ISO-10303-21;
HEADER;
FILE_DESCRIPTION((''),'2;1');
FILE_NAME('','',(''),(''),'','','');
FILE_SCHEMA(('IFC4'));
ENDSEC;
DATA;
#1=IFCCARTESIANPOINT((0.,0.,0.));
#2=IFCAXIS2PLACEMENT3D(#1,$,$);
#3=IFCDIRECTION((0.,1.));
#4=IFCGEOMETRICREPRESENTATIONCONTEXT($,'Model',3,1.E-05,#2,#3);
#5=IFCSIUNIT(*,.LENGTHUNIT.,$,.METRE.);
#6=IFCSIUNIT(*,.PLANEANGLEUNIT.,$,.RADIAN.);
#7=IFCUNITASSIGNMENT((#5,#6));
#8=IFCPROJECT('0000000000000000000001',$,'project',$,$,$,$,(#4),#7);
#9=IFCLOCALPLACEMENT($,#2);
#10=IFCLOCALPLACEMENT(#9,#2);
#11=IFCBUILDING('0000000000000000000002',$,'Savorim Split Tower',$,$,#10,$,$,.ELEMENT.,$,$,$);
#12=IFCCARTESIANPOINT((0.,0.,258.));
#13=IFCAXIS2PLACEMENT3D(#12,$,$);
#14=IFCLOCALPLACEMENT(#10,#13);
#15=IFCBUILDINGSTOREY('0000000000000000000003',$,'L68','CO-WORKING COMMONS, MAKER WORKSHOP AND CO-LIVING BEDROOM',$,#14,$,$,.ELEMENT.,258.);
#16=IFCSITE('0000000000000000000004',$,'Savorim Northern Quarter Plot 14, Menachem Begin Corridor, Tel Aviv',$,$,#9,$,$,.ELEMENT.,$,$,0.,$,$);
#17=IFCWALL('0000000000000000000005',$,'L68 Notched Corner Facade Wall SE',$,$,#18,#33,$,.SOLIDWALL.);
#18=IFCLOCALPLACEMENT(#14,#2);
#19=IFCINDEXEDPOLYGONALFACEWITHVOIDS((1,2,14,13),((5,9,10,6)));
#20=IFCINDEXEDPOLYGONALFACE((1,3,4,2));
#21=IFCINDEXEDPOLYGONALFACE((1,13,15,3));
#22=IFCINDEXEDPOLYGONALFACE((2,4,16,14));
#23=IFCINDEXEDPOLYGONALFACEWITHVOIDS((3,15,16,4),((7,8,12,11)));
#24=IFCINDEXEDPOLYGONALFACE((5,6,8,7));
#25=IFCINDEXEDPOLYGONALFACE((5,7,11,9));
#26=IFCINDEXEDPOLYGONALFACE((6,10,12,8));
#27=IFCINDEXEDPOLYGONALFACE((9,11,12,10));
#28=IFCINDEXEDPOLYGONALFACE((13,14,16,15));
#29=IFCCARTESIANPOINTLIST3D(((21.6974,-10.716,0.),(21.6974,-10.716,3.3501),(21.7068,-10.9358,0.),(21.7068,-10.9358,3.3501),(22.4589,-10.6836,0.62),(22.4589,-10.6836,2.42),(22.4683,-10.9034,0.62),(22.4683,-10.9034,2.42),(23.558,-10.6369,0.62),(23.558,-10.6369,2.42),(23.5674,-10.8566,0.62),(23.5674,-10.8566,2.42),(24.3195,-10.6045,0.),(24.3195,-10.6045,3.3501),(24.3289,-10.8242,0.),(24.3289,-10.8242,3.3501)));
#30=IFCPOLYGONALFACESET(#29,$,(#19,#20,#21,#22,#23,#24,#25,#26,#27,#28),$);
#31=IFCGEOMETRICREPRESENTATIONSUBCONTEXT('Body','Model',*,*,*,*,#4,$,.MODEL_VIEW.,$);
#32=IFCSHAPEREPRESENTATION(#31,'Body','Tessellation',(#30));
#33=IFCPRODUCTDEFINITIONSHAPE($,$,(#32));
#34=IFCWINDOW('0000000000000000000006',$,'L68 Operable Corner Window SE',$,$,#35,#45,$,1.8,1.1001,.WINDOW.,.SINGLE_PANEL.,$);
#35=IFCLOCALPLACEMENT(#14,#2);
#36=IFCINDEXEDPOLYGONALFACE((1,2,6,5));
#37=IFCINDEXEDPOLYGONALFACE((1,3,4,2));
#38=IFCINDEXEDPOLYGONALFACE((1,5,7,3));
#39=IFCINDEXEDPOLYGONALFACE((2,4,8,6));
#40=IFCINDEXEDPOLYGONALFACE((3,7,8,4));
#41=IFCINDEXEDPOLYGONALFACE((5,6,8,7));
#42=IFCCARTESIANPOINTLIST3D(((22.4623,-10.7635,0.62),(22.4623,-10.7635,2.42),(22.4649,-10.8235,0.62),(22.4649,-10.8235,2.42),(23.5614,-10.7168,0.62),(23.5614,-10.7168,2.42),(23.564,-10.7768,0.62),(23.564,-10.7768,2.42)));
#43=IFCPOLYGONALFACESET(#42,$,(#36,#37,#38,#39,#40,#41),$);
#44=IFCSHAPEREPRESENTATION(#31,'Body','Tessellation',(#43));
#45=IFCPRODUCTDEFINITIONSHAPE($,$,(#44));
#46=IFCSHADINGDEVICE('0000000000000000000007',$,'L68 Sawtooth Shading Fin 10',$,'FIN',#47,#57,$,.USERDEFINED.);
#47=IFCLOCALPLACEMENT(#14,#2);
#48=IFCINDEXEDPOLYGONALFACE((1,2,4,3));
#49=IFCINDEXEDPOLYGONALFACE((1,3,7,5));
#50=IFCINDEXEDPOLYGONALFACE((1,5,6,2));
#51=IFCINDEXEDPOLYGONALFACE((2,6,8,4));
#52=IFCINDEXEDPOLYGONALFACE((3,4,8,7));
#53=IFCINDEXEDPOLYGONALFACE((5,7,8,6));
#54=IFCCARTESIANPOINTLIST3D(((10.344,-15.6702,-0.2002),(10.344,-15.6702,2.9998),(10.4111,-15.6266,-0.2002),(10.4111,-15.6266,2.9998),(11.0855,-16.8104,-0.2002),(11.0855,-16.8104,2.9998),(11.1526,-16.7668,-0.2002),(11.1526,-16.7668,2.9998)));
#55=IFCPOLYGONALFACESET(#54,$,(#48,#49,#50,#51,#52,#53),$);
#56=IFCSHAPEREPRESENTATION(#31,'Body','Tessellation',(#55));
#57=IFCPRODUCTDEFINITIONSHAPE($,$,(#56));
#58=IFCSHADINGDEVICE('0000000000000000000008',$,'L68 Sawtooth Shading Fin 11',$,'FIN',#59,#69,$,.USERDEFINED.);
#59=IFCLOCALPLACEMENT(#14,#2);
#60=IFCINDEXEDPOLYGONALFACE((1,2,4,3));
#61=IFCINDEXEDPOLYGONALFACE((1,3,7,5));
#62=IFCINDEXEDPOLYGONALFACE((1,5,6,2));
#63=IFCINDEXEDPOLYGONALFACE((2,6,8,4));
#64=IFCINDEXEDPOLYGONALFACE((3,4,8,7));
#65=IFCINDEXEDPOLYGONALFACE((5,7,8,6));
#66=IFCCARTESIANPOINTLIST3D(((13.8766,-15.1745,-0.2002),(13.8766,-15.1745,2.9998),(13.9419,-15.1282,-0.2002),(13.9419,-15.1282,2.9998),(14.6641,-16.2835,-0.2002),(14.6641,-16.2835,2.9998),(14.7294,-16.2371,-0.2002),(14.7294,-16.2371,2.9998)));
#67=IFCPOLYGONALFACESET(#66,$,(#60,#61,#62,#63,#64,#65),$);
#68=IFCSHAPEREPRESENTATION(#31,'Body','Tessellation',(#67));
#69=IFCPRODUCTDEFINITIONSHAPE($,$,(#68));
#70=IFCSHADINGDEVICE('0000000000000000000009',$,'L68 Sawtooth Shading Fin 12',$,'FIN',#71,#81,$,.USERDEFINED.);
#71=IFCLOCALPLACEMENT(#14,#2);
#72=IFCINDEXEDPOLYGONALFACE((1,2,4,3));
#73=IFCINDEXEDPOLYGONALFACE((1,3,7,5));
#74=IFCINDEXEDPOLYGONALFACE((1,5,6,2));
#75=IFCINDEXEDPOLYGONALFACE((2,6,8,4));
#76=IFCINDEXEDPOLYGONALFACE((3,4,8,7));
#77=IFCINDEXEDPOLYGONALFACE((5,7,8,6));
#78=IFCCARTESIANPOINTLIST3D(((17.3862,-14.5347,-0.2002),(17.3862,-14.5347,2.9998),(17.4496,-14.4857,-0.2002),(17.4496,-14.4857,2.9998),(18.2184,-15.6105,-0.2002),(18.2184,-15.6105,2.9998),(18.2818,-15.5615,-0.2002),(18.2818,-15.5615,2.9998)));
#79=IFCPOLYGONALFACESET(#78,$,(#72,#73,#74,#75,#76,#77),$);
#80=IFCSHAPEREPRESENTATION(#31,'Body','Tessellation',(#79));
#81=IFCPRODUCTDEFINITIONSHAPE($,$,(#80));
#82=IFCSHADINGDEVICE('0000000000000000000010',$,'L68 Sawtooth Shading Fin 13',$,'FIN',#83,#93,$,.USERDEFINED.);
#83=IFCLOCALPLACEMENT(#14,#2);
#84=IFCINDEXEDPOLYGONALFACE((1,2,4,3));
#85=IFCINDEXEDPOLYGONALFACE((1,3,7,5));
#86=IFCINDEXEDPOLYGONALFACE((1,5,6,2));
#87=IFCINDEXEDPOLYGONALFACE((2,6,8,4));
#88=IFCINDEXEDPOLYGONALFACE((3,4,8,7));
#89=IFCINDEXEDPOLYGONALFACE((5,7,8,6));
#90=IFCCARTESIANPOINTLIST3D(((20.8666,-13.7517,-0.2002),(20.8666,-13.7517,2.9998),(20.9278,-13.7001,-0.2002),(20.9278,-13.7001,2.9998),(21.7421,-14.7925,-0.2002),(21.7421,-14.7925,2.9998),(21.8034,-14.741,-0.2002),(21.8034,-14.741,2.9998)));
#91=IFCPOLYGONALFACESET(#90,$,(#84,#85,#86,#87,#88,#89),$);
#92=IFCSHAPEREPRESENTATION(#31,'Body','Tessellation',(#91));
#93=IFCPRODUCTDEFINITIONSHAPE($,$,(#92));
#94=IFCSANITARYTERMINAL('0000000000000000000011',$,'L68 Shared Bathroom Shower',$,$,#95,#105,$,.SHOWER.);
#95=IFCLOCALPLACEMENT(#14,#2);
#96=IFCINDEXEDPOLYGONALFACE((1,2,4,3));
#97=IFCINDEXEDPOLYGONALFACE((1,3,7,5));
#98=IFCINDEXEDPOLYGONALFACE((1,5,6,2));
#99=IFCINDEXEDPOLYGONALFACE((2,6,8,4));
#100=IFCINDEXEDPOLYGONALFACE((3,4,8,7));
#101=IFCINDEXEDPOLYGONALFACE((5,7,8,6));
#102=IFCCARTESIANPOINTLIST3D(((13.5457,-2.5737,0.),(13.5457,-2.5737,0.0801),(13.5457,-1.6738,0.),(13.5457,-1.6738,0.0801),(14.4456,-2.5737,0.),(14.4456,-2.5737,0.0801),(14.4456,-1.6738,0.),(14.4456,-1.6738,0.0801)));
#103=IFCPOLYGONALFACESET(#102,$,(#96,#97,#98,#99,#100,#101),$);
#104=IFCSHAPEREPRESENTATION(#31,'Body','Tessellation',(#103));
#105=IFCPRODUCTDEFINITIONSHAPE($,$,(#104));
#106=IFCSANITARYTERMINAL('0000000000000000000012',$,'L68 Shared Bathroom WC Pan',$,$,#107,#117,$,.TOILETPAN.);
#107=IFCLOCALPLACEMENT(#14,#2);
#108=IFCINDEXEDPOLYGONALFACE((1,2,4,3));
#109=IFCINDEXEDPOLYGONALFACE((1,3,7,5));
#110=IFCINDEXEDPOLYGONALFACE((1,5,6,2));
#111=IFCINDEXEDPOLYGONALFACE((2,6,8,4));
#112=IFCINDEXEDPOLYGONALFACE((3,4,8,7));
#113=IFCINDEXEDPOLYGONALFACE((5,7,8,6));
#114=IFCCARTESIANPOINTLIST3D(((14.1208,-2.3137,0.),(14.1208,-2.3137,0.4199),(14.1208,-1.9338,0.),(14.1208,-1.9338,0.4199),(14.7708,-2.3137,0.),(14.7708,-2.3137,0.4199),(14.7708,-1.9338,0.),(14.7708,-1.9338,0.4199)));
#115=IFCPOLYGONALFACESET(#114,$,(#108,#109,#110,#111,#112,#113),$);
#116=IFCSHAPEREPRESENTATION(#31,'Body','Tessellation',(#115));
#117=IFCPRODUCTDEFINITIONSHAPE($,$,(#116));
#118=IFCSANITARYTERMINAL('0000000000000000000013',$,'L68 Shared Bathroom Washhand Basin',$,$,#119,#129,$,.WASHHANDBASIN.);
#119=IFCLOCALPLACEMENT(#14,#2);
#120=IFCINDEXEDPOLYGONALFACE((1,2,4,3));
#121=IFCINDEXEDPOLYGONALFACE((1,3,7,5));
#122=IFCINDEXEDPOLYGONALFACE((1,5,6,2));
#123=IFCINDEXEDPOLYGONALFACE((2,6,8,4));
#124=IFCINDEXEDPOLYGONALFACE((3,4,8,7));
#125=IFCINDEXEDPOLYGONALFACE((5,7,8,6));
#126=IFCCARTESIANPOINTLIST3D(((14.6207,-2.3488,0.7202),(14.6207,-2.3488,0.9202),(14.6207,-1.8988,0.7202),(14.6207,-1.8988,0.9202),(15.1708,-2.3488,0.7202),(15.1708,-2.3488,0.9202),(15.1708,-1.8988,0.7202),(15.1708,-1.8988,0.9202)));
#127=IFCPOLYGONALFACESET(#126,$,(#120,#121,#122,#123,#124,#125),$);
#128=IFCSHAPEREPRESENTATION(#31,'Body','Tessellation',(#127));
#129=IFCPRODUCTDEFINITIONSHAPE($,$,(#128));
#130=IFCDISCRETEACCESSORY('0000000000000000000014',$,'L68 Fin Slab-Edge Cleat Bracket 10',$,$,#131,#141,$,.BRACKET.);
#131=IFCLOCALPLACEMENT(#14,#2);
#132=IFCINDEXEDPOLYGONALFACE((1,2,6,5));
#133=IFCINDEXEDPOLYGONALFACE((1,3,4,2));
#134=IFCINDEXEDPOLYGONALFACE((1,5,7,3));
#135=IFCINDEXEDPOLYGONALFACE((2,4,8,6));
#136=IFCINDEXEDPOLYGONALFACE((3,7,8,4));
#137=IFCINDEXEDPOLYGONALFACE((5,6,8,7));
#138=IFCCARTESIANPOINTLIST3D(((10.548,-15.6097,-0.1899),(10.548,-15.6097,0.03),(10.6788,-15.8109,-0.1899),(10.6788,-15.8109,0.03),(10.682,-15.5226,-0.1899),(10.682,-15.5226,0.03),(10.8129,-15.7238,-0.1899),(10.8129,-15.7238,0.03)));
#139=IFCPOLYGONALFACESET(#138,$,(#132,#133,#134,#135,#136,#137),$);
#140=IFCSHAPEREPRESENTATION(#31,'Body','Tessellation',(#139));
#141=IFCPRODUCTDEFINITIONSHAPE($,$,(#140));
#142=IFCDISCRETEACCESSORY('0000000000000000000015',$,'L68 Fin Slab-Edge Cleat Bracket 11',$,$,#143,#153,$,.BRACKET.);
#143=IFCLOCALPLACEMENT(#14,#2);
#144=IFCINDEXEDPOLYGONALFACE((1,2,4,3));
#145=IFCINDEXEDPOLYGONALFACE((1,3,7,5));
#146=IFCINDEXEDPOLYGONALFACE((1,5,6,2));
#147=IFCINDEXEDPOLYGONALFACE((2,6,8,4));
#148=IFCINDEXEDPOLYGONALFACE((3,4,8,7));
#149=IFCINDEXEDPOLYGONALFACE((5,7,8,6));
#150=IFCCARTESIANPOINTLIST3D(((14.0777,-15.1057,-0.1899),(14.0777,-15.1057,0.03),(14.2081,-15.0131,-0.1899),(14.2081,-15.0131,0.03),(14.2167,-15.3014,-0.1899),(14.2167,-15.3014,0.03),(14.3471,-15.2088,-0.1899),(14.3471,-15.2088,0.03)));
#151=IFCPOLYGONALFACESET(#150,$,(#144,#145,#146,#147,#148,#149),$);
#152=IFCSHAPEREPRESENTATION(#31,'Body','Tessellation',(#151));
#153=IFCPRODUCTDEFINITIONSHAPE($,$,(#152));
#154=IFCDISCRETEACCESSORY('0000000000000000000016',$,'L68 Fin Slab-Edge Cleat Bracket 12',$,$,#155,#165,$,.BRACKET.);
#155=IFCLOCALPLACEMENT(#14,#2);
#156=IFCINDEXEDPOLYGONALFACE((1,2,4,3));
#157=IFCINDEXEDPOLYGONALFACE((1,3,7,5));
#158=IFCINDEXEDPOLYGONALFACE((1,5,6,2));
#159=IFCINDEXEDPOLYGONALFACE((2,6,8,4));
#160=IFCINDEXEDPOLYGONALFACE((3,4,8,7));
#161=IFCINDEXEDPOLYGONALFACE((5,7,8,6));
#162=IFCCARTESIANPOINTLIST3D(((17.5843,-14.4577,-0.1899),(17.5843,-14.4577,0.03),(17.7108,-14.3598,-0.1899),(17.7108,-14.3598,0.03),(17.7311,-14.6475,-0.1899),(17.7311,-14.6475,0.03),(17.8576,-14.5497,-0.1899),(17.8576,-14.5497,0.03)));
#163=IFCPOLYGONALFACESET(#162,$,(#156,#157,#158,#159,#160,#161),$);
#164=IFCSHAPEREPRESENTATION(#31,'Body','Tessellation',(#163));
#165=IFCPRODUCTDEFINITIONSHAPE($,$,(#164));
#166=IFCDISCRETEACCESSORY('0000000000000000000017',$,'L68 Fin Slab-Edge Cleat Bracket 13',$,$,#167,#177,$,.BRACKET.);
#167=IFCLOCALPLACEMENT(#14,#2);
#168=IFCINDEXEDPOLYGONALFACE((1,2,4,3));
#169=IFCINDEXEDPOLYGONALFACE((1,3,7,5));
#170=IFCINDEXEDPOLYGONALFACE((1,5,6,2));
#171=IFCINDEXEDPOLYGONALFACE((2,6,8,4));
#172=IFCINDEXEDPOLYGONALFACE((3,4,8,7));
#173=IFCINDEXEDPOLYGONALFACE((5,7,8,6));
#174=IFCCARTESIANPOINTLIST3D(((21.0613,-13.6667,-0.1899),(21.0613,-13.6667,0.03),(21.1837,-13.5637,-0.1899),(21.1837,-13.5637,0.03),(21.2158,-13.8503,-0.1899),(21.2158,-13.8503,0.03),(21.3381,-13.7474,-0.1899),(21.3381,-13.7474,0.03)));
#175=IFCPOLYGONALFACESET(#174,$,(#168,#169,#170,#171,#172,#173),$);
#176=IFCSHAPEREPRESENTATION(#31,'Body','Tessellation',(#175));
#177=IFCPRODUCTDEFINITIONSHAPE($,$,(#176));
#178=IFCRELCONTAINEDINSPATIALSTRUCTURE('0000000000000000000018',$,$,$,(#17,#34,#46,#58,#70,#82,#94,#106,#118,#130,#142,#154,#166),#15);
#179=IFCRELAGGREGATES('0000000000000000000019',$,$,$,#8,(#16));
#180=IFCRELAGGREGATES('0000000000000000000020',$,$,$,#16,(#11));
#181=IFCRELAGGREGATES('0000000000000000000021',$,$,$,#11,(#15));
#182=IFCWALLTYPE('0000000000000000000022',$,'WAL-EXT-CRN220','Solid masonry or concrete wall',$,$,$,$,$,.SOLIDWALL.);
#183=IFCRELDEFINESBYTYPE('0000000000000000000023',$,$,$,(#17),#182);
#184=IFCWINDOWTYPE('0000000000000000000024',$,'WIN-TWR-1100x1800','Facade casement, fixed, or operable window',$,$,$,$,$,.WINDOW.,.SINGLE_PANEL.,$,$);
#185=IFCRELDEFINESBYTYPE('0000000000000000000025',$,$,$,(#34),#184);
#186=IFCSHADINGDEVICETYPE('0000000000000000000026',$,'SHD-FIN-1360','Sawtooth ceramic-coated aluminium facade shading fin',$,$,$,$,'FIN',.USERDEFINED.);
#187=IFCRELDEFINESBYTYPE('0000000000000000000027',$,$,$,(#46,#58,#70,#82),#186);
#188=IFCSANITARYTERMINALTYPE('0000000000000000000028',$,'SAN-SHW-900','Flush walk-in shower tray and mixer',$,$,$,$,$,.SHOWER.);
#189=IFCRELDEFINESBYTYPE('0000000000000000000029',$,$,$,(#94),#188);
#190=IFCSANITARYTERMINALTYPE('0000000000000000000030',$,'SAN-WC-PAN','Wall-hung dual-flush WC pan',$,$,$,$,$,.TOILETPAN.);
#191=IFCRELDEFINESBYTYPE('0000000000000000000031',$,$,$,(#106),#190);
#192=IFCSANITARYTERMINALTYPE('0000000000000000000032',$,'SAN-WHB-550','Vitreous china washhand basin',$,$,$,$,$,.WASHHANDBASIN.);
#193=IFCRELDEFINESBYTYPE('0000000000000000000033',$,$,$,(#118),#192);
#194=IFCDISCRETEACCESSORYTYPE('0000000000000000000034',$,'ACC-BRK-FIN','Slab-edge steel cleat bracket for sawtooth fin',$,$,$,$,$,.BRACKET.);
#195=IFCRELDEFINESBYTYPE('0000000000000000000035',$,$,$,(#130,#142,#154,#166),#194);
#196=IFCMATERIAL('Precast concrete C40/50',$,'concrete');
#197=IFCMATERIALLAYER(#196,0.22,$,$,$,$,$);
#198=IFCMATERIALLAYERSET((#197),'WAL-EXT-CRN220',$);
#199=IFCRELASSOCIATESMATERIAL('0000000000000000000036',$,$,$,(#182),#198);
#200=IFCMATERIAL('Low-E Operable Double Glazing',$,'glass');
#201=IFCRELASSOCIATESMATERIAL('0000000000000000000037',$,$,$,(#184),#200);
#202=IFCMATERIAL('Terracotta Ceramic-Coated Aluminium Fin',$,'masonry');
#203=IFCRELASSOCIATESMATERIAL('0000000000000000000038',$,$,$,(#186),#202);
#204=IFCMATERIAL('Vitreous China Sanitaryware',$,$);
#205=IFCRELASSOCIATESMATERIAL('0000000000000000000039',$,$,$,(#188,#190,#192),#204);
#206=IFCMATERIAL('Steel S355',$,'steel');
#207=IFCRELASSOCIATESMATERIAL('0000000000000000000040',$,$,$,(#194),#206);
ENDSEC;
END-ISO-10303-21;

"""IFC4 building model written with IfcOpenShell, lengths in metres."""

from ifc_helpers import new_model, si_unit, direction, frame, frame_2d, origin, origin_2d, place, context, subcontext, project, spatial, rectangle, extrude, material, layer, layer_set, type_object, element, fill, save


model = new_model("IFC4")

# Units and contexts
model_context = context("Model", 3, precision=1e-05, world=origin(), true_north=direction((0.0, 1.0)))
body_context = subcontext(model_context, "Body", "Model", "MODEL_VIEW")
ifc_project = project(units=[si_unit("LENGTHUNIT", "METRE"), si_unit("PLANEANGLEUNIT", "RADIAN")], contexts=[model_context])

# Site, building, storey
site_placement = place(None, origin())
site = spatial("IfcSite", under=ifc_project, at=site_placement, Name="Savorim Northern Quarter Plot 14, Menachem Begin Corridor, Tel Aviv", CompositionType="ELEMENT", RefElevation=0.0)
building_placement = place(site_placement, origin())
building = spatial("IfcBuilding", under=site, at=building_placement, Name="Savorim Split Tower", CompositionType="ELEMENT")
storey_placement = place(building_placement, frame((0.0, 0.0, 258.0)))
storey = spatial("IfcBuildingStorey", under=building, at=storey_placement, Name="L68", Description="CO-WORKING COMMONS, MAKER WORKSHOP AND CO-LIVING BEDROOM", CompositionType="ELEMENT", Elevation=258.0)

# Shared definitions
ifc_material_1 = material(Name="Steel S355", Category="steel")

# Shared definitions
ifc_material_2 = material(Name="Precast concrete C40/50", Category="concrete")
ifc_layer_1 = layer(ifc_material_2, 0.22)
ifc_layer_set_1 = layer_set([ifc_layer_1], Name="WAL-EXT-CRN220")
wall_type = type_object("IfcWallType", Name="WAL-EXT-CRN220", Description="Solid masonry or concrete wall", PredefinedType="SOLIDWALL", material=ifc_layer_set_1)

# Wall, opening, window
wall_1_placement = place(storey_placement, frame((24.3242, -10.7144, 0.0), z_axis=(0.0, 0.0, 1.0), x_axis=(-0.999096, -0.042513, 0.0)))
wall_1 = element("IfcWall", 1, at=wall_1_placement, inside=storey, type_object=wall_type, Name="L68 Notched Corner Facade Wall SE", PredefinedType="SOLIDWALL", context=body_context, shape_type="SweptSolid", body=[
    extrude(rectangle(XDim=2.6245, YDim=0.22, at=frame_2d((1.3123, 0.0))), origin(), (0.0, 0.0, 1.0), 3.3501),
])
opening_placement = place(wall_1_placement, frame((0.7622, 0.0, 0.6201)))
opening = element("IfcOpeningElement", 2, at=opening_placement, cuts=wall_1, PredefinedType="OPENING", context=body_context, shape_type="SweptSolid", body=[
    extrude(rectangle(XDim=1.1001, YDim=1.8, at=frame_2d((0.55, 0.8999))), frame((0.0, 0.1199, 0.0), z_axis=(0.0, -1.0, 0.0), x_axis=(1.0, 0.0, 0.0)), (0.0, 0.0, 1.0), 0.24),
])
ifc_material_3 = material(Name="Low-E Operable Double Glazing", Category="glass")
window_type = type_object("IfcWindowType", Name="WIN-TWR-1100x1800", Description="Facade casement, fixed, or operable window", PartitioningType="SINGLE_PANEL", PredefinedType="WINDOW", material=ifc_material_3)
window_placement = place(opening_placement, origin())
window = element("IfcWindow", 3, at=window_placement, inside=storey, type_object=window_type, Name="L68 Operable Corner Window SE", OverallHeight=1.8, OverallWidth=1.1001, PartitioningType="SINGLE_PANEL", PredefinedType="WINDOW", context=body_context, shape_type="SweptSolid", body=[
    extrude(rectangle(XDim=1.1001, YDim=1.8, at=frame_2d((0.55, 0.8999))), frame((0.0, 0.03, 0.0), z_axis=(0.0, -1.0, 0.0), x_axis=(1.0, 0.0, 0.0)), (0.0, 0.0, 1.0), 0.0601),
])
fill(opening, window)

# Shading devices
ifc_material_4 = material(Name="Terracotta Ceramic-Coated Aluminium Fin", Category="masonry")
shading_device_type = type_object("IfcShadingDeviceType", Name="SHD-FIN-1360", Description="Sawtooth ceramic-coated aluminium facade shading fin", ElementType="FIN", PredefinedType="USERDEFINED", material=ifc_material_4)
for number, where, z_axis, x_axis, name in (
    (4, (10.7483, -16.2185, -0.2002), (0.0, 0.0, 1.0), (0.545148, -0.83834, 0.0), "L68 Sawtooth Shading Fin 10"),
    (5, (14.303, -15.7058, -0.2002), (0.0, 0.0, 1.0), (0.578994, -0.815332, 0.0), "L68 Sawtooth Shading Fin 11"),
    (6, (17.834, -15.0481, -0.2002), (0.0, 0.0, 1.0), (0.611868, -0.79096, 0.0), "L68 Sawtooth Shading Fin 12"),
    (7, (21.335, -14.2463, -0.2002), (0.0, 0.0, 1.0), (0.643719, -0.765262, 0.0), "L68 Sawtooth Shading Fin 13"),
):
    element("IfcShadingDevice", number, at=place(storey_placement, frame(where, z_axis=z_axis, x_axis=x_axis)), inside=storey, type_object=shading_device_type, Name=name, ObjectType="FIN", PredefinedType="USERDEFINED", context=body_context, shape_type="SweptSolid", body=[
        extrude(rectangle(XDim=1.3601, YDim=0.0801, at=origin_2d()), origin(), (0.0, 0.0, 1.0), 3.2),
    ])

# Sanitary terminals
ifc_material_5 = material(Name="Vitreous China Sanitaryware")
sanitary_terminal_type_1 = type_object("IfcSanitaryTerminalType", Name="SAN-SHW-900", Description="Flush walk-in shower tray and mixer", PredefinedType="SHOWER", material=ifc_material_5)
sanitary_terminal_1_placement = place(storey_placement, frame((13.9956, -2.1238, 0.0), z_axis=(0.0, 0.0, 1.0), x_axis=(1.0, 0.0, 0.0)))
element("IfcSanitaryTerminal", 8, at=sanitary_terminal_1_placement, inside=storey, type_object=sanitary_terminal_type_1, Name="L68 Shared Bathroom Shower", PredefinedType="SHOWER", context=body_context, shape_type="SweptSolid", body=[
    extrude(rectangle(XDim=0.8999, YDim=0.8999, at=origin_2d()), origin(), (0.0, 0.0, 1.0), 0.0801),
])
sanitary_terminal_type_2 = type_object("IfcSanitaryTerminalType", Name="SAN-WC-PAN", Description="Wall-hung dual-flush WC pan", PredefinedType="TOILETPAN", material=ifc_material_5)
sanitary_terminal_2_placement = place(storey_placement, frame((14.4458, -2.1238, 0.0), z_axis=(0.0, 0.0, 1.0), x_axis=(1.0, 0.0, 0.0)))
element("IfcSanitaryTerminal", 9, at=sanitary_terminal_2_placement, inside=storey, type_object=sanitary_terminal_type_2, Name="L68 Shared Bathroom WC Pan", PredefinedType="TOILETPAN", context=body_context, shape_type="SweptSolid", body=[
    extrude(rectangle(XDim=0.6499, YDim=0.3799, at=origin_2d()), origin(), (0.0, 0.0, 1.0), 0.4199),
])
sanitary_terminal_type_3 = type_object("IfcSanitaryTerminalType", Name="SAN-WHB-550", Description="Vitreous china washhand basin", PredefinedType="WASHHANDBASIN", material=ifc_material_5)
sanitary_terminal_3_placement = place(storey_placement, frame((14.8958, -2.1238, 0.7202), z_axis=(0.0, 0.0, 1.0), x_axis=(1.0, 0.0, 0.0)))
element("IfcSanitaryTerminal", 10, at=sanitary_terminal_3_placement, inside=storey, type_object=sanitary_terminal_type_3, Name="L68 Shared Bathroom Washhand Basin", PredefinedType="WASHHANDBASIN", context=body_context, shape_type="SweptSolid", body=[
    extrude(rectangle(XDim=0.55, YDim=0.45, at=origin_2d()), origin(), (0.0, 0.0, 1.0), 0.2),
])

# Discrete accessories
discrete_accessory_type = type_object("IfcDiscreteAccessoryType", Name="ACC-BRK-FIN", Description="Slab-edge steel cleat bracket for sawtooth fin", PredefinedType="BRACKET", material=ifc_material_1)
for number, where, z_axis, x_axis, name in (
    (11, (10.6804, -15.6667, -0.1899), (0.0, 0.0, 1.0), (0.545148, -0.83834, 0.0), "L68 Fin Slab-Edge Cleat Bracket 10"),
    (12, (14.2124, -15.1572, -0.1899), (0.0, 0.0, 1.0), (0.578994, -0.815332, 0.0), "L68 Fin Slab-Edge Cleat Bracket 11"),
    (13, (17.7209, -14.5037, -0.1899), (0.0, 0.0, 1.0), (0.611868, -0.79096, 0.0), "L68 Fin Slab-Edge Cleat Bracket 12"),
    (14, (21.1997, -13.707, -0.1899), (0.0, 0.0, 1.0), (0.643719, -0.765262, 0.0), "L68 Fin Slab-Edge Cleat Bracket 13"),
):
    element("IfcDiscreteAccessory", number, at=place(storey_placement, frame(where, z_axis=z_axis, x_axis=x_axis)), inside=storey, type_object=discrete_accessory_type, Name=name, PredefinedType="BRACKET", context=body_context, shape_type="SweptSolid", body=[
        extrude(rectangle(XDim=0.24, YDim=0.1599, at=origin_2d()), origin(), (0.0, 0.0, 1.0), 0.22),
    ])

save(model, "model.ifc")
